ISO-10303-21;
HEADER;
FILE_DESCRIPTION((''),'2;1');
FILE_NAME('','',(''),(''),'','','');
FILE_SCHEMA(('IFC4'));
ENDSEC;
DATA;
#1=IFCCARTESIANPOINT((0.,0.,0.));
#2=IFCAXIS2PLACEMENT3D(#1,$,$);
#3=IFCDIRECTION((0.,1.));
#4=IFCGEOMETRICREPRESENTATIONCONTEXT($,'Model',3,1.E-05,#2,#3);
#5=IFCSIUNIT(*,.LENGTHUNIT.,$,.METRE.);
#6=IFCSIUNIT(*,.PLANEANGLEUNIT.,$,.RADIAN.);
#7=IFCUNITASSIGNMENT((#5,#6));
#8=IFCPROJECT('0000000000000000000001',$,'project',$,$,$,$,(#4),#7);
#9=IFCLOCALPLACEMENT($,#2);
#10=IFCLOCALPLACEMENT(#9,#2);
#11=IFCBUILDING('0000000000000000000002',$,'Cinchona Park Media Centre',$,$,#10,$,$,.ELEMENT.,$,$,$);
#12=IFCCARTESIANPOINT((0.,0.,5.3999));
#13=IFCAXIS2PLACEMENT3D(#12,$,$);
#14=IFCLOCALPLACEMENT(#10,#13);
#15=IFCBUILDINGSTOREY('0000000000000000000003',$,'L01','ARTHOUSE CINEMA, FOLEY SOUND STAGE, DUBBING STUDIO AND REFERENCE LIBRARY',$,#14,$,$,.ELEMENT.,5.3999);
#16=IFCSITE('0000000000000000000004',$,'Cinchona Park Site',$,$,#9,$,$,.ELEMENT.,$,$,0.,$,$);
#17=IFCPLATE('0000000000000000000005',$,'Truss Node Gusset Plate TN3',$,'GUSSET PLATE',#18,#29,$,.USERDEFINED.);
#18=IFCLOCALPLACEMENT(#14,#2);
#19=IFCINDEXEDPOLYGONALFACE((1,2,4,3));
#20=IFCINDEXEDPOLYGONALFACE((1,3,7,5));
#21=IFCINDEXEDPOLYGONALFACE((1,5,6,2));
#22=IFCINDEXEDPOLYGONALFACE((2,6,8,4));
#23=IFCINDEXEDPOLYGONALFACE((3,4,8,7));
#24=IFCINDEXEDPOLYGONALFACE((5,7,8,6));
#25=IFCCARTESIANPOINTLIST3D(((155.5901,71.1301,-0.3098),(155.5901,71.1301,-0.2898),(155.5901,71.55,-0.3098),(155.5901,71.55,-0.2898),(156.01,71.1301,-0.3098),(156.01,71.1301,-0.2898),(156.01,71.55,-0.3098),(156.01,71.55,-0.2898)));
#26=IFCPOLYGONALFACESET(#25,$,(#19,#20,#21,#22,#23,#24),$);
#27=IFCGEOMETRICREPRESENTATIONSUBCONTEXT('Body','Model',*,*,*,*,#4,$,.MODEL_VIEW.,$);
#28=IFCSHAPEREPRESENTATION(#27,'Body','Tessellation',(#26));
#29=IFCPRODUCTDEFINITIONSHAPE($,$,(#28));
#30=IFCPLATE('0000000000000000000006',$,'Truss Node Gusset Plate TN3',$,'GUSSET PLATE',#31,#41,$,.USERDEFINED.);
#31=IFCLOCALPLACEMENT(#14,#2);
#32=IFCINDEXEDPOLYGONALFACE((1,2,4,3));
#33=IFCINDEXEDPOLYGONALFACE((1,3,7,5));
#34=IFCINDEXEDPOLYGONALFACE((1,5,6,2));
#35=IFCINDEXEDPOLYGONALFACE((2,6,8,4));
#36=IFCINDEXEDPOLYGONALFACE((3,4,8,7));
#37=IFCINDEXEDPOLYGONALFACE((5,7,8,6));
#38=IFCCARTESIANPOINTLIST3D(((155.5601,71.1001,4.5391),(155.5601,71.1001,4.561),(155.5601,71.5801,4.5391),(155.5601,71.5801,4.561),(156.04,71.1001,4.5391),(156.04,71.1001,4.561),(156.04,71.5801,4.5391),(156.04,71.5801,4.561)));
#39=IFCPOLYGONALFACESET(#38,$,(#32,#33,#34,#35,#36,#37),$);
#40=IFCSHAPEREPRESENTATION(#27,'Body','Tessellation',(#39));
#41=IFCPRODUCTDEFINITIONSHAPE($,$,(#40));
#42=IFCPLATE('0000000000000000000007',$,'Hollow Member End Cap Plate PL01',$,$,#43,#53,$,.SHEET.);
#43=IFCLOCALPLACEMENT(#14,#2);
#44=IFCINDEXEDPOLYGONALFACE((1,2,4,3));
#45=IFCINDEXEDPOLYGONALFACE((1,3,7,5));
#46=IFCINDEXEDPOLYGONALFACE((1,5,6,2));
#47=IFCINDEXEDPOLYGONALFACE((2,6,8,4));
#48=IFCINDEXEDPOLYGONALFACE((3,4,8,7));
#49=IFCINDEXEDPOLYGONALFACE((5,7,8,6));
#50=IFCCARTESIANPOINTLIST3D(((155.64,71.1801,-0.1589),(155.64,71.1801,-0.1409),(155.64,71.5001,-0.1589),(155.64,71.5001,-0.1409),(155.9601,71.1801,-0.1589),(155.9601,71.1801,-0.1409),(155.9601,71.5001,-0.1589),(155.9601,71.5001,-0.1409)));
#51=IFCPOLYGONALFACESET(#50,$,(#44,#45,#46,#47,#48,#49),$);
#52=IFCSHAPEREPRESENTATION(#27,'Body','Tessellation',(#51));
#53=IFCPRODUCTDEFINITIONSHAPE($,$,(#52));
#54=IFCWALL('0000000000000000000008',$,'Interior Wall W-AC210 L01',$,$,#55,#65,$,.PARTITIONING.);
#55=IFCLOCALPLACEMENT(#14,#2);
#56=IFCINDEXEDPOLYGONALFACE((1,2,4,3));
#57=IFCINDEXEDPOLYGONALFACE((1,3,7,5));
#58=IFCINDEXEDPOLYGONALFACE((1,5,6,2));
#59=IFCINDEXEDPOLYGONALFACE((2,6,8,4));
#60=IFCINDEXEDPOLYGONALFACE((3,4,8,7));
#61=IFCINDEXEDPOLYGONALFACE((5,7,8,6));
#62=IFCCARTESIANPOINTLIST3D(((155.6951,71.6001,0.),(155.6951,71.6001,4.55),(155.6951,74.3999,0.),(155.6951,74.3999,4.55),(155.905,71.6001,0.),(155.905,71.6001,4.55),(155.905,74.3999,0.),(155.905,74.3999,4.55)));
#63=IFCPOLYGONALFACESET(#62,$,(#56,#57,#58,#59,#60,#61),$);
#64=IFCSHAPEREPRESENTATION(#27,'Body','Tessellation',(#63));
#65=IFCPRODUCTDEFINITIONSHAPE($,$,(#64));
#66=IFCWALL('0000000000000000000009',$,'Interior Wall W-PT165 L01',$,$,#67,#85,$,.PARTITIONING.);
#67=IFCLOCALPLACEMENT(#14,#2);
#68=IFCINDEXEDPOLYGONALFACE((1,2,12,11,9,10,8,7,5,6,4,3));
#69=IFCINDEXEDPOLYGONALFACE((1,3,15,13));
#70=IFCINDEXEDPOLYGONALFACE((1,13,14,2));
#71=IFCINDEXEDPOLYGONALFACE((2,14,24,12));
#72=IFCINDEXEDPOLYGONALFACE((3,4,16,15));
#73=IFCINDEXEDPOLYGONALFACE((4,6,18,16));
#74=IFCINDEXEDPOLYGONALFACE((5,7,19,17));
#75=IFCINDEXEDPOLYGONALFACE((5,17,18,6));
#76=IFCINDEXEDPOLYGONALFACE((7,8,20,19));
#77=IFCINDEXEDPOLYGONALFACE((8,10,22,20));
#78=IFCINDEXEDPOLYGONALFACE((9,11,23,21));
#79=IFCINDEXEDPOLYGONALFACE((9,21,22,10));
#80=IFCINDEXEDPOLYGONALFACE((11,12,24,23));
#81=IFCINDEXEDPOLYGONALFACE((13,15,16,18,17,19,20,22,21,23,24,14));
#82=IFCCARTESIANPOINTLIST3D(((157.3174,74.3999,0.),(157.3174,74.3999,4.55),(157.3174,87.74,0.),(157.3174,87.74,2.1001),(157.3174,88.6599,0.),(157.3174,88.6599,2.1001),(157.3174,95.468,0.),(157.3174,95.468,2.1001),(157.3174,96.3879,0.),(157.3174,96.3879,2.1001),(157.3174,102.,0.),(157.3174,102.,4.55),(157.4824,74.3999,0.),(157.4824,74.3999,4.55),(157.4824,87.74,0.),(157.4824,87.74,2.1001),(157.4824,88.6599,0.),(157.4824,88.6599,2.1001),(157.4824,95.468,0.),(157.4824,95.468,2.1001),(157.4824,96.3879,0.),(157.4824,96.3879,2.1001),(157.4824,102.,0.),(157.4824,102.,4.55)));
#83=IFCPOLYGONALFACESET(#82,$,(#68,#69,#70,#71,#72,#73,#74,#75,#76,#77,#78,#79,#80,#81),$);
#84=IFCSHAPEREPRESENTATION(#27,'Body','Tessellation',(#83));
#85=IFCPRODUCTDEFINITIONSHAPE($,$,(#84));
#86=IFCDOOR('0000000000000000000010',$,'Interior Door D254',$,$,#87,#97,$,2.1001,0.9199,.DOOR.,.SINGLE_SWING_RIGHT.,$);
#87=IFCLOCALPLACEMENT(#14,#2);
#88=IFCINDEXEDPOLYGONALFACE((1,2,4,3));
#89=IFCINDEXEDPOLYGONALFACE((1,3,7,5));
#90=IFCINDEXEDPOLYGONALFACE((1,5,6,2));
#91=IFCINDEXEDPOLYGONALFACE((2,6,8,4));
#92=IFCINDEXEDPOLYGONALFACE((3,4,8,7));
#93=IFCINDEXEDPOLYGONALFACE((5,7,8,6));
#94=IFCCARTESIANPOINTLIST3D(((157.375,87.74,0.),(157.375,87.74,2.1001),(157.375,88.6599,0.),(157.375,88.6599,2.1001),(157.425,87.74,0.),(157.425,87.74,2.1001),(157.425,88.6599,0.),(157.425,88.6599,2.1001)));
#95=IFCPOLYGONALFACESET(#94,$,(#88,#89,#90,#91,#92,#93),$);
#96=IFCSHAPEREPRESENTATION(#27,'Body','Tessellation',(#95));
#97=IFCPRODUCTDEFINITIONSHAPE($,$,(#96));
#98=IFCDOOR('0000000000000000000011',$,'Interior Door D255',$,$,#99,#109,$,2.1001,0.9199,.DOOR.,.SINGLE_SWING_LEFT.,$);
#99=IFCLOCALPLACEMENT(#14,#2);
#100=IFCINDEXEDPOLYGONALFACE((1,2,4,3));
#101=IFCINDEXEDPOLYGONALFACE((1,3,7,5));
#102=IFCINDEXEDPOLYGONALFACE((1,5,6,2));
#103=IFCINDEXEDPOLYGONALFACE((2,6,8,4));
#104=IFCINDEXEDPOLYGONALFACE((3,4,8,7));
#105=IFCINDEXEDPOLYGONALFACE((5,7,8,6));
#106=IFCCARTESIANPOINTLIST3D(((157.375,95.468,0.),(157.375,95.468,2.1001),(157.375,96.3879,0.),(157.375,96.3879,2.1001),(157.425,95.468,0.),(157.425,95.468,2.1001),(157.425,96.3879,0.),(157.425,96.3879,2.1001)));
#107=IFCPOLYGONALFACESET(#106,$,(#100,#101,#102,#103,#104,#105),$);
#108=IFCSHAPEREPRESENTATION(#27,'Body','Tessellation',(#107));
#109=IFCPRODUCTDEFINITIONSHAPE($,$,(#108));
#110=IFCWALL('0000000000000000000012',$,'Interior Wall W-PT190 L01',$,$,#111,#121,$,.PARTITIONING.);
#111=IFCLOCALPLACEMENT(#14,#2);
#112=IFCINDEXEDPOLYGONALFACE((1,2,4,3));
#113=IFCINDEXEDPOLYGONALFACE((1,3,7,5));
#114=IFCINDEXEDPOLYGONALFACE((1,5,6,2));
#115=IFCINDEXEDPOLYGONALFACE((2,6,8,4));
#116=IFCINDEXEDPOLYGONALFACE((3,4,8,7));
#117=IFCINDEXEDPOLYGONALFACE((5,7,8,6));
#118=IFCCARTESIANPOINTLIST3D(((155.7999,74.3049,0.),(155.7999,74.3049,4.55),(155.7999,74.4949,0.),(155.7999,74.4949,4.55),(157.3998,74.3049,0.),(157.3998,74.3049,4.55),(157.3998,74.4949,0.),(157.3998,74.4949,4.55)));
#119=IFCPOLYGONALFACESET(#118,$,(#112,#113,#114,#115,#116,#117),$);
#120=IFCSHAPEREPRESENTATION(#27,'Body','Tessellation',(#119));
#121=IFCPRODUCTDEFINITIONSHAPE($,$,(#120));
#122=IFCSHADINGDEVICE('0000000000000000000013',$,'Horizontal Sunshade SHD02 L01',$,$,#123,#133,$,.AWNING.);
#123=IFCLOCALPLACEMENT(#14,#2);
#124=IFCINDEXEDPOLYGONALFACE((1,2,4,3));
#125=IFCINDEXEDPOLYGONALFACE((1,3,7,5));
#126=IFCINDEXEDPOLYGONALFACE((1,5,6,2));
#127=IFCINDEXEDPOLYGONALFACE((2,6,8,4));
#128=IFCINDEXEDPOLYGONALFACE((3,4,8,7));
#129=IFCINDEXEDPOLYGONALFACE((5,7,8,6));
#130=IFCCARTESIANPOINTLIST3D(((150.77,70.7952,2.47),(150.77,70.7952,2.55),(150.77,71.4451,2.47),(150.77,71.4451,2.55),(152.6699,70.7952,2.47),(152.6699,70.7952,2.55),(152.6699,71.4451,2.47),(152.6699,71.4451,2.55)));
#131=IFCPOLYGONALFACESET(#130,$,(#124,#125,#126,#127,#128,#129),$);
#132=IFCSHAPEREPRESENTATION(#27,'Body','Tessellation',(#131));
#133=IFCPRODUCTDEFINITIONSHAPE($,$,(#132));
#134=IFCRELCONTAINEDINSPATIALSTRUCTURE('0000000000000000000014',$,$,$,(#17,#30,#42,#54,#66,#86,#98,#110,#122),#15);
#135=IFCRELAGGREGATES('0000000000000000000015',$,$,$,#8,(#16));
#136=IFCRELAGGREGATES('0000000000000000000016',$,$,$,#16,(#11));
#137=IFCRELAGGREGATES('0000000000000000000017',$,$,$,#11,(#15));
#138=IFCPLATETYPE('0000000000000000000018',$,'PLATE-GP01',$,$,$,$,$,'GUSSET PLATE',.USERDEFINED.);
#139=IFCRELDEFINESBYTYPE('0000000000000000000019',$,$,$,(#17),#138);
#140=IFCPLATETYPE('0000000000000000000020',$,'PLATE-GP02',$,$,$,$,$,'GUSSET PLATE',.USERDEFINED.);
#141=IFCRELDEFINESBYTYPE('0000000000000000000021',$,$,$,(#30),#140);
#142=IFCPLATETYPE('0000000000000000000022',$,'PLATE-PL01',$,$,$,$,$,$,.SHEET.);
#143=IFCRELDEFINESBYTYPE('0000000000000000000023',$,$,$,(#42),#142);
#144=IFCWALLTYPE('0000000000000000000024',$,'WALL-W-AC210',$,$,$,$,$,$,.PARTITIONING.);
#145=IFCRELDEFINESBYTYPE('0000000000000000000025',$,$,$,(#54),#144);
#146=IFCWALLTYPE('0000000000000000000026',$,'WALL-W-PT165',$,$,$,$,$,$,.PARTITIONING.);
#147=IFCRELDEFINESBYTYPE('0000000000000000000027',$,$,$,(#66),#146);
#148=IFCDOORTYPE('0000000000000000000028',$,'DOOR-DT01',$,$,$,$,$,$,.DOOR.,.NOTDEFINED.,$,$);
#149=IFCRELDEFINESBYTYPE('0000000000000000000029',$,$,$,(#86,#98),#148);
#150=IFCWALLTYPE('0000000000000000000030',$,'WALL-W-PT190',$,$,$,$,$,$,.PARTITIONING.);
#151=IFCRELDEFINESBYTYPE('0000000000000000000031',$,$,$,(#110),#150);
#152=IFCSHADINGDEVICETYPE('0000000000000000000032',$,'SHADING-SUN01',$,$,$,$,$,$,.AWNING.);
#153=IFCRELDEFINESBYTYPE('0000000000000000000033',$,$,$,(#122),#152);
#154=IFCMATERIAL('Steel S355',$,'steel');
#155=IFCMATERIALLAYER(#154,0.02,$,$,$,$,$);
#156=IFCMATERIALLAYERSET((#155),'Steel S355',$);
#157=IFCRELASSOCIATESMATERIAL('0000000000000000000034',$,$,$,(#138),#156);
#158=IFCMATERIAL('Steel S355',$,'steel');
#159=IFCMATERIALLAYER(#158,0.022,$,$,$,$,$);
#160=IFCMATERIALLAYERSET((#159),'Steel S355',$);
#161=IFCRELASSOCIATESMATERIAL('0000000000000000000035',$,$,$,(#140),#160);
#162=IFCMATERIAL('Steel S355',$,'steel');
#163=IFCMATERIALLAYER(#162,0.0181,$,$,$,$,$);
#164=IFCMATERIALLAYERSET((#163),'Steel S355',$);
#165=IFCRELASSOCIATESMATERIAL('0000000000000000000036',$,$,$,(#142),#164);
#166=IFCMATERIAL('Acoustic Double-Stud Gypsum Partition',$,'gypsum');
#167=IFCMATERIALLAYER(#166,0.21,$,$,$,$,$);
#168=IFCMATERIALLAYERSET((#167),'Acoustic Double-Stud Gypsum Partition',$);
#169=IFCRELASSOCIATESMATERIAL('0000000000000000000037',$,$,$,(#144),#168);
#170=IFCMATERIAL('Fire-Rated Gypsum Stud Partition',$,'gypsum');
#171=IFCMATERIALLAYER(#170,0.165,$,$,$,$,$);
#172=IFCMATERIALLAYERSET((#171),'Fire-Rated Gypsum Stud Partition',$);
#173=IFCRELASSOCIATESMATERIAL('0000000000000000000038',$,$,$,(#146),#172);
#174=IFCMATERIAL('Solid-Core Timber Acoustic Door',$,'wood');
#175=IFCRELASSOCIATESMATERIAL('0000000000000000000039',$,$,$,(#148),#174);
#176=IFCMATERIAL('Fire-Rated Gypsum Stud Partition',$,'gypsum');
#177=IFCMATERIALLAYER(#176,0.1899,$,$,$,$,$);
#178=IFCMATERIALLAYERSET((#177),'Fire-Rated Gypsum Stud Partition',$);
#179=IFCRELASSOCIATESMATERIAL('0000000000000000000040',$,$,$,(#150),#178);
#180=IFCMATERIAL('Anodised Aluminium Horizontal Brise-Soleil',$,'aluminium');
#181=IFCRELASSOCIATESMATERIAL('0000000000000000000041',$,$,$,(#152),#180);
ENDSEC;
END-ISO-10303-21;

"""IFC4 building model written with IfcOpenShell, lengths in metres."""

from ifc_helpers import new_model, si_unit, direction, frame, frame_2d, origin, origin_2d, place, context, subcontext, project, spatial, rectangle, extrude, material, layer, layer_set, type_object, element, fill, save


model = new_model("IFC4")

# Units and contexts
model_context = context("Model", 3, precision=1e-05, world=origin(), true_north=direction((0.0, 1.0)))
body_context = subcontext(model_context, "Body", "Model", "MODEL_VIEW")
ifc_project = project(units=[si_unit("LENGTHUNIT", "METRE"), si_unit("PLANEANGLEUNIT", "RADIAN")], contexts=[model_context])

# Site, building, storey
site_placement = place(None, origin())
site = spatial("IfcSite", under=ifc_project, at=site_placement, Name="Cinchona Park Site", CompositionType="ELEMENT", RefElevation=0.0)
building_placement = place(site_placement, origin())
building = spatial("IfcBuilding", under=site, at=building_placement, Name="Cinchona Park Media Centre", CompositionType="ELEMENT")
storey_placement = place(building_placement, frame((0.0, 0.0, 5.3999)))
storey = spatial("IfcBuildingStorey", under=building, at=storey_placement, Name="L01", Description="ARTHOUSE CINEMA, FOLEY SOUND STAGE, DUBBING STUDIO AND REFERENCE LIBRARY", CompositionType="ELEMENT", Elevation=5.3999)

# Plates
ifc_material_1 = material(Name="Steel S355", Category="steel")
ifc_layer_1 = layer(ifc_material_1, 0.02)
ifc_layer_set_1 = layer_set([ifc_layer_1], Name="Steel S355")
plate_type_1 = type_object("IfcPlateType", Name="PLATE-GP01", ElementType="GUSSET PLATE", PredefinedType="USERDEFINED", material=ifc_layer_set_1)
plate_1_placement = place(storey_placement, frame((155.8, 71.3401, -0.3098), z_axis=(0.0, 0.0, 1.0), x_axis=(1.0, 0.0, 0.0)))
element("IfcPlate", 1, at=plate_1_placement, inside=storey, type_object=plate_type_1, Name="Truss Node Gusset Plate TN3", ObjectType="GUSSET PLATE", PredefinedType="USERDEFINED", context=body_context, shape_type="SweptSolid", body=[
    extrude(rectangle(XDim=0.4199, YDim=0.4199, at=origin_2d()), origin(), (0.0, 0.0, 1.0), 0.02),
])
ifc_material_2 = material(Name="Steel S355", Category="steel")
ifc_layer_2 = layer(ifc_material_2, 0.022)
ifc_layer_set_2 = layer_set([ifc_layer_2], Name="Steel S355")
plate_type_2 = type_object("IfcPlateType", Name="PLATE-GP02", ElementType="GUSSET PLATE", PredefinedType="USERDEFINED", material=ifc_layer_set_2)
plate_2_placement = place(storey_placement, frame((155.8, 71.3401, 4.5391), z_axis=(0.0, 0.0, 1.0), x_axis=(1.0, 0.0, 0.0)))
element("IfcPlate", 2, at=plate_2_placement, inside=storey, type_object=plate_type_2, Name="Truss Node Gusset Plate TN3", ObjectType="GUSSET PLATE", PredefinedType="USERDEFINED", context=body_context, shape_type="SweptSolid", body=[
    extrude(rectangle(XDim=0.48, YDim=0.48, at=origin_2d()), origin(), (0.0, 0.0, 1.0), 0.022),
])
ifc_material_3 = material(Name="Steel S355", Category="steel")
ifc_layer_3 = layer(ifc_material_3, 0.0181)
ifc_layer_set_3 = layer_set([ifc_layer_3], Name="Steel S355")
plate_type_3 = type_object("IfcPlateType", Name="PLATE-PL01", PredefinedType="SHEET", material=ifc_layer_set_3)
plate_3_placement = place(storey_placement, frame((155.8, 71.3401, -0.1589), z_axis=(0.0, 0.0, 1.0), x_axis=(1.0, 0.0, 0.0)))
element("IfcPlate", 3, at=plate_3_placement, inside=storey, type_object=plate_type_3, Name="Hollow Member End Cap Plate PL01", PredefinedType="SHEET", context=body_context, shape_type="SweptSolid", body=[
    extrude(rectangle(XDim=0.3201, YDim=0.3201, at=origin_2d()), origin(), (0.0, 0.0, 1.0), 0.0181),
])

# Wall
ifc_material_4 = material(Name="Acoustic Double-Stud Gypsum Partition", Category="gypsum")
ifc_layer_4 = layer(ifc_material_4, 0.21)
ifc_layer_set_4 = layer_set([ifc_layer_4], Name="Acoustic Double-Stud Gypsum Partition")
wall_type_1 = type_object("IfcWallType", Name="WALL-W-AC210", PredefinedType="PARTITIONING", material=ifc_layer_set_4)
wall_1_placement = place(storey_placement, frame((155.8, 71.6001, 0.0), z_axis=(0.0, 0.0, 1.0), x_axis=(0.0, 1.0, 0.0)))
element("IfcWall", 4, at=wall_1_placement, inside=storey, type_object=wall_type_1, Name="Interior Wall W-AC210 L01", PredefinedType="PARTITIONING", context=body_context, shape_type="SweptSolid", body=[
    extrude(rectangle(XDim=2.7998, YDim=0.21, at=frame_2d((1.3999, 0.0))), origin(), (0.0, 0.0, 1.0), 4.55),
])

# Wall, openings, doors
ifc_material_5 = material(Name="Fire-Rated Gypsum Stud Partition", Category="gypsum")
ifc_layer_5 = layer(ifc_material_5, 0.165)
ifc_layer_set_5 = layer_set([ifc_layer_5], Name="Fire-Rated Gypsum Stud Partition")
wall_type_2 = type_object("IfcWallType", Name="WALL-W-PT165", PredefinedType="PARTITIONING", material=ifc_layer_set_5)
wall_2_placement = place(storey_placement, frame((157.3999, 74.3999, 0.0), z_axis=(0.0, 0.0, 1.0), x_axis=(0.0, 1.0, 0.0)))
wall_2 = element("IfcWall", 5, at=wall_2_placement, inside=storey, type_object=wall_type_2, Name="Interior Wall W-PT165 L01", PredefinedType="PARTITIONING", context=body_context, shape_type="SweptSolid", body=[
    extrude(rectangle(XDim=27.6001, YDim=0.165, at=frame_2d((13.8, 0.0))), origin(), (0.0, 0.0, 1.0), 4.55),
])
opening_1_placement = place(wall_2_placement, frame((13.3401, 0.0, 0.0)))
opening_1 = element("IfcOpeningElement", 6, at=opening_1_placement, cuts=wall_2, PredefinedType="OPENING", context=body_context, shape_type="SweptSolid", body=[
    extrude(rectangle(XDim=0.9199, YDim=2.1001, at=frame_2d((0.46, 1.05))), frame((0.0, 0.0925, 0.0), z_axis=(0.0, -1.0, 0.0), x_axis=(1.0, 0.0, 0.0)), (0.0, 0.0, 1.0), 0.1851),
])
opening_2_placement = place(wall_2_placement, frame((21.0681, 0.0, 0.0)))
opening_2 = element("IfcOpeningElement", 7, at=opening_2_placement, cuts=wall_2, PredefinedType="OPENING", context=body_context, shape_type="SweptSolid", body=[
    extrude(rectangle(XDim=0.9199, YDim=2.1001, at=frame_2d((0.46, 1.05))), frame((0.0, 0.0925, 0.0), z_axis=(0.0, -1.0, 0.0), x_axis=(1.0, 0.0, 0.0)), (0.0, 0.0, 1.0), 0.1851),
])
ifc_material_6 = material(Name="Solid-Core Timber Acoustic Door", Category="wood")
door_type = type_object("IfcDoorType", Name="DOOR-DT01", OperationType="NOTDEFINED", PredefinedType="DOOR", material=ifc_material_6)
door_1_placement = place(opening_1_placement, origin())
door_1 = element("IfcDoor", 8, at=door_1_placement, inside=storey, type_object=door_type, Name="Interior Door D254", OperationType="SINGLE_SWING_RIGHT", OverallHeight=2.1001, OverallWidth=0.9199, PredefinedType="DOOR", context=body_context, shape_type="SweptSolid", body=[
    extrude(rectangle(XDim=0.9199, YDim=2.1001, at=frame_2d((0.46, 1.05))), frame((0.0, 0.0249, 0.0), z_axis=(0.0, -1.0, 0.0), x_axis=(1.0, 0.0, 0.0)), (0.0, 0.0, 1.0), 0.05),
])
fill(opening_1, door_1)
door_2_placement = place(opening_2_placement, origin())
door_2 = element("IfcDoor", 9, at=door_2_placement, inside=storey, type_object=door_type, Name="Interior Door D255", OperationType="SINGLE_SWING_LEFT", OverallHeight=2.1001, OverallWidth=0.9199, PredefinedType="DOOR", context=body_context, shape_type="SweptSolid", body=[
    extrude(rectangle(XDim=0.9199, YDim=2.1001, at=frame_2d((0.46, 1.05))), frame((0.0, 0.0249, 0.0), z_axis=(0.0, -1.0, 0.0), x_axis=(1.0, 0.0, 0.0)), (0.0, 0.0, 1.0), 0.05),
])
fill(opening_2, door_2)

# Wall
ifc_material_7 = material(Name="Fire-Rated Gypsum Stud Partition", Category="gypsum")
ifc_layer_6 = layer(ifc_material_7, 0.1899)
ifc_layer_set_6 = layer_set([ifc_layer_6], Name="Fire-Rated Gypsum Stud Partition")
wall_type_3 = type_object("IfcWallType", Name="WALL-W-PT190", PredefinedType="PARTITIONING", material=ifc_layer_set_6)
wall_3_placement = place(storey_placement, frame((155.8, 74.3999, 0.0), z_axis=(0.0, 0.0, 1.0), x_axis=(1.0, 0.0, 0.0)))
element("IfcWall", 10, at=wall_3_placement, inside=storey, type_object=wall_type_3, Name="Interior Wall W-PT190 L01", PredefinedType="PARTITIONING", context=body_context, shape_type="SweptSolid", body=[
    extrude(rectangle(XDim=1.5999, YDim=0.1899, at=frame_2d((0.7998, 0.0))), origin(), (0.0, 0.0, 1.0), 4.55),
])

# Shading device
ifc_material_8 = material(Name="Anodised Aluminium Horizontal Brise-Soleil", Category="aluminium")
shading_device_type = type_object("IfcShadingDeviceType", Name="SHADING-SUN01", PredefinedType="AWNING", material=ifc_material_8)
shading_device_placement = place(storey_placement, frame((151.72, 71.1201, 2.47), z_axis=(0.0, 0.0, 1.0), x_axis=(-1.0, 0.0, 0.0)))
element("IfcShadingDevice", 11, at=shading_device_placement, inside=storey, type_object=shading_device_type, Name="Horizontal Sunshade SHD02 L01", PredefinedType="AWNING", context=body_context, shape_type="SweptSolid", body=[
    extrude(rectangle(XDim=1.8999, YDim=0.6499, at=origin_2d()), origin(), (0.0, 0.0, 1.0), 0.0801),
])

save(model, "model.ifc")
